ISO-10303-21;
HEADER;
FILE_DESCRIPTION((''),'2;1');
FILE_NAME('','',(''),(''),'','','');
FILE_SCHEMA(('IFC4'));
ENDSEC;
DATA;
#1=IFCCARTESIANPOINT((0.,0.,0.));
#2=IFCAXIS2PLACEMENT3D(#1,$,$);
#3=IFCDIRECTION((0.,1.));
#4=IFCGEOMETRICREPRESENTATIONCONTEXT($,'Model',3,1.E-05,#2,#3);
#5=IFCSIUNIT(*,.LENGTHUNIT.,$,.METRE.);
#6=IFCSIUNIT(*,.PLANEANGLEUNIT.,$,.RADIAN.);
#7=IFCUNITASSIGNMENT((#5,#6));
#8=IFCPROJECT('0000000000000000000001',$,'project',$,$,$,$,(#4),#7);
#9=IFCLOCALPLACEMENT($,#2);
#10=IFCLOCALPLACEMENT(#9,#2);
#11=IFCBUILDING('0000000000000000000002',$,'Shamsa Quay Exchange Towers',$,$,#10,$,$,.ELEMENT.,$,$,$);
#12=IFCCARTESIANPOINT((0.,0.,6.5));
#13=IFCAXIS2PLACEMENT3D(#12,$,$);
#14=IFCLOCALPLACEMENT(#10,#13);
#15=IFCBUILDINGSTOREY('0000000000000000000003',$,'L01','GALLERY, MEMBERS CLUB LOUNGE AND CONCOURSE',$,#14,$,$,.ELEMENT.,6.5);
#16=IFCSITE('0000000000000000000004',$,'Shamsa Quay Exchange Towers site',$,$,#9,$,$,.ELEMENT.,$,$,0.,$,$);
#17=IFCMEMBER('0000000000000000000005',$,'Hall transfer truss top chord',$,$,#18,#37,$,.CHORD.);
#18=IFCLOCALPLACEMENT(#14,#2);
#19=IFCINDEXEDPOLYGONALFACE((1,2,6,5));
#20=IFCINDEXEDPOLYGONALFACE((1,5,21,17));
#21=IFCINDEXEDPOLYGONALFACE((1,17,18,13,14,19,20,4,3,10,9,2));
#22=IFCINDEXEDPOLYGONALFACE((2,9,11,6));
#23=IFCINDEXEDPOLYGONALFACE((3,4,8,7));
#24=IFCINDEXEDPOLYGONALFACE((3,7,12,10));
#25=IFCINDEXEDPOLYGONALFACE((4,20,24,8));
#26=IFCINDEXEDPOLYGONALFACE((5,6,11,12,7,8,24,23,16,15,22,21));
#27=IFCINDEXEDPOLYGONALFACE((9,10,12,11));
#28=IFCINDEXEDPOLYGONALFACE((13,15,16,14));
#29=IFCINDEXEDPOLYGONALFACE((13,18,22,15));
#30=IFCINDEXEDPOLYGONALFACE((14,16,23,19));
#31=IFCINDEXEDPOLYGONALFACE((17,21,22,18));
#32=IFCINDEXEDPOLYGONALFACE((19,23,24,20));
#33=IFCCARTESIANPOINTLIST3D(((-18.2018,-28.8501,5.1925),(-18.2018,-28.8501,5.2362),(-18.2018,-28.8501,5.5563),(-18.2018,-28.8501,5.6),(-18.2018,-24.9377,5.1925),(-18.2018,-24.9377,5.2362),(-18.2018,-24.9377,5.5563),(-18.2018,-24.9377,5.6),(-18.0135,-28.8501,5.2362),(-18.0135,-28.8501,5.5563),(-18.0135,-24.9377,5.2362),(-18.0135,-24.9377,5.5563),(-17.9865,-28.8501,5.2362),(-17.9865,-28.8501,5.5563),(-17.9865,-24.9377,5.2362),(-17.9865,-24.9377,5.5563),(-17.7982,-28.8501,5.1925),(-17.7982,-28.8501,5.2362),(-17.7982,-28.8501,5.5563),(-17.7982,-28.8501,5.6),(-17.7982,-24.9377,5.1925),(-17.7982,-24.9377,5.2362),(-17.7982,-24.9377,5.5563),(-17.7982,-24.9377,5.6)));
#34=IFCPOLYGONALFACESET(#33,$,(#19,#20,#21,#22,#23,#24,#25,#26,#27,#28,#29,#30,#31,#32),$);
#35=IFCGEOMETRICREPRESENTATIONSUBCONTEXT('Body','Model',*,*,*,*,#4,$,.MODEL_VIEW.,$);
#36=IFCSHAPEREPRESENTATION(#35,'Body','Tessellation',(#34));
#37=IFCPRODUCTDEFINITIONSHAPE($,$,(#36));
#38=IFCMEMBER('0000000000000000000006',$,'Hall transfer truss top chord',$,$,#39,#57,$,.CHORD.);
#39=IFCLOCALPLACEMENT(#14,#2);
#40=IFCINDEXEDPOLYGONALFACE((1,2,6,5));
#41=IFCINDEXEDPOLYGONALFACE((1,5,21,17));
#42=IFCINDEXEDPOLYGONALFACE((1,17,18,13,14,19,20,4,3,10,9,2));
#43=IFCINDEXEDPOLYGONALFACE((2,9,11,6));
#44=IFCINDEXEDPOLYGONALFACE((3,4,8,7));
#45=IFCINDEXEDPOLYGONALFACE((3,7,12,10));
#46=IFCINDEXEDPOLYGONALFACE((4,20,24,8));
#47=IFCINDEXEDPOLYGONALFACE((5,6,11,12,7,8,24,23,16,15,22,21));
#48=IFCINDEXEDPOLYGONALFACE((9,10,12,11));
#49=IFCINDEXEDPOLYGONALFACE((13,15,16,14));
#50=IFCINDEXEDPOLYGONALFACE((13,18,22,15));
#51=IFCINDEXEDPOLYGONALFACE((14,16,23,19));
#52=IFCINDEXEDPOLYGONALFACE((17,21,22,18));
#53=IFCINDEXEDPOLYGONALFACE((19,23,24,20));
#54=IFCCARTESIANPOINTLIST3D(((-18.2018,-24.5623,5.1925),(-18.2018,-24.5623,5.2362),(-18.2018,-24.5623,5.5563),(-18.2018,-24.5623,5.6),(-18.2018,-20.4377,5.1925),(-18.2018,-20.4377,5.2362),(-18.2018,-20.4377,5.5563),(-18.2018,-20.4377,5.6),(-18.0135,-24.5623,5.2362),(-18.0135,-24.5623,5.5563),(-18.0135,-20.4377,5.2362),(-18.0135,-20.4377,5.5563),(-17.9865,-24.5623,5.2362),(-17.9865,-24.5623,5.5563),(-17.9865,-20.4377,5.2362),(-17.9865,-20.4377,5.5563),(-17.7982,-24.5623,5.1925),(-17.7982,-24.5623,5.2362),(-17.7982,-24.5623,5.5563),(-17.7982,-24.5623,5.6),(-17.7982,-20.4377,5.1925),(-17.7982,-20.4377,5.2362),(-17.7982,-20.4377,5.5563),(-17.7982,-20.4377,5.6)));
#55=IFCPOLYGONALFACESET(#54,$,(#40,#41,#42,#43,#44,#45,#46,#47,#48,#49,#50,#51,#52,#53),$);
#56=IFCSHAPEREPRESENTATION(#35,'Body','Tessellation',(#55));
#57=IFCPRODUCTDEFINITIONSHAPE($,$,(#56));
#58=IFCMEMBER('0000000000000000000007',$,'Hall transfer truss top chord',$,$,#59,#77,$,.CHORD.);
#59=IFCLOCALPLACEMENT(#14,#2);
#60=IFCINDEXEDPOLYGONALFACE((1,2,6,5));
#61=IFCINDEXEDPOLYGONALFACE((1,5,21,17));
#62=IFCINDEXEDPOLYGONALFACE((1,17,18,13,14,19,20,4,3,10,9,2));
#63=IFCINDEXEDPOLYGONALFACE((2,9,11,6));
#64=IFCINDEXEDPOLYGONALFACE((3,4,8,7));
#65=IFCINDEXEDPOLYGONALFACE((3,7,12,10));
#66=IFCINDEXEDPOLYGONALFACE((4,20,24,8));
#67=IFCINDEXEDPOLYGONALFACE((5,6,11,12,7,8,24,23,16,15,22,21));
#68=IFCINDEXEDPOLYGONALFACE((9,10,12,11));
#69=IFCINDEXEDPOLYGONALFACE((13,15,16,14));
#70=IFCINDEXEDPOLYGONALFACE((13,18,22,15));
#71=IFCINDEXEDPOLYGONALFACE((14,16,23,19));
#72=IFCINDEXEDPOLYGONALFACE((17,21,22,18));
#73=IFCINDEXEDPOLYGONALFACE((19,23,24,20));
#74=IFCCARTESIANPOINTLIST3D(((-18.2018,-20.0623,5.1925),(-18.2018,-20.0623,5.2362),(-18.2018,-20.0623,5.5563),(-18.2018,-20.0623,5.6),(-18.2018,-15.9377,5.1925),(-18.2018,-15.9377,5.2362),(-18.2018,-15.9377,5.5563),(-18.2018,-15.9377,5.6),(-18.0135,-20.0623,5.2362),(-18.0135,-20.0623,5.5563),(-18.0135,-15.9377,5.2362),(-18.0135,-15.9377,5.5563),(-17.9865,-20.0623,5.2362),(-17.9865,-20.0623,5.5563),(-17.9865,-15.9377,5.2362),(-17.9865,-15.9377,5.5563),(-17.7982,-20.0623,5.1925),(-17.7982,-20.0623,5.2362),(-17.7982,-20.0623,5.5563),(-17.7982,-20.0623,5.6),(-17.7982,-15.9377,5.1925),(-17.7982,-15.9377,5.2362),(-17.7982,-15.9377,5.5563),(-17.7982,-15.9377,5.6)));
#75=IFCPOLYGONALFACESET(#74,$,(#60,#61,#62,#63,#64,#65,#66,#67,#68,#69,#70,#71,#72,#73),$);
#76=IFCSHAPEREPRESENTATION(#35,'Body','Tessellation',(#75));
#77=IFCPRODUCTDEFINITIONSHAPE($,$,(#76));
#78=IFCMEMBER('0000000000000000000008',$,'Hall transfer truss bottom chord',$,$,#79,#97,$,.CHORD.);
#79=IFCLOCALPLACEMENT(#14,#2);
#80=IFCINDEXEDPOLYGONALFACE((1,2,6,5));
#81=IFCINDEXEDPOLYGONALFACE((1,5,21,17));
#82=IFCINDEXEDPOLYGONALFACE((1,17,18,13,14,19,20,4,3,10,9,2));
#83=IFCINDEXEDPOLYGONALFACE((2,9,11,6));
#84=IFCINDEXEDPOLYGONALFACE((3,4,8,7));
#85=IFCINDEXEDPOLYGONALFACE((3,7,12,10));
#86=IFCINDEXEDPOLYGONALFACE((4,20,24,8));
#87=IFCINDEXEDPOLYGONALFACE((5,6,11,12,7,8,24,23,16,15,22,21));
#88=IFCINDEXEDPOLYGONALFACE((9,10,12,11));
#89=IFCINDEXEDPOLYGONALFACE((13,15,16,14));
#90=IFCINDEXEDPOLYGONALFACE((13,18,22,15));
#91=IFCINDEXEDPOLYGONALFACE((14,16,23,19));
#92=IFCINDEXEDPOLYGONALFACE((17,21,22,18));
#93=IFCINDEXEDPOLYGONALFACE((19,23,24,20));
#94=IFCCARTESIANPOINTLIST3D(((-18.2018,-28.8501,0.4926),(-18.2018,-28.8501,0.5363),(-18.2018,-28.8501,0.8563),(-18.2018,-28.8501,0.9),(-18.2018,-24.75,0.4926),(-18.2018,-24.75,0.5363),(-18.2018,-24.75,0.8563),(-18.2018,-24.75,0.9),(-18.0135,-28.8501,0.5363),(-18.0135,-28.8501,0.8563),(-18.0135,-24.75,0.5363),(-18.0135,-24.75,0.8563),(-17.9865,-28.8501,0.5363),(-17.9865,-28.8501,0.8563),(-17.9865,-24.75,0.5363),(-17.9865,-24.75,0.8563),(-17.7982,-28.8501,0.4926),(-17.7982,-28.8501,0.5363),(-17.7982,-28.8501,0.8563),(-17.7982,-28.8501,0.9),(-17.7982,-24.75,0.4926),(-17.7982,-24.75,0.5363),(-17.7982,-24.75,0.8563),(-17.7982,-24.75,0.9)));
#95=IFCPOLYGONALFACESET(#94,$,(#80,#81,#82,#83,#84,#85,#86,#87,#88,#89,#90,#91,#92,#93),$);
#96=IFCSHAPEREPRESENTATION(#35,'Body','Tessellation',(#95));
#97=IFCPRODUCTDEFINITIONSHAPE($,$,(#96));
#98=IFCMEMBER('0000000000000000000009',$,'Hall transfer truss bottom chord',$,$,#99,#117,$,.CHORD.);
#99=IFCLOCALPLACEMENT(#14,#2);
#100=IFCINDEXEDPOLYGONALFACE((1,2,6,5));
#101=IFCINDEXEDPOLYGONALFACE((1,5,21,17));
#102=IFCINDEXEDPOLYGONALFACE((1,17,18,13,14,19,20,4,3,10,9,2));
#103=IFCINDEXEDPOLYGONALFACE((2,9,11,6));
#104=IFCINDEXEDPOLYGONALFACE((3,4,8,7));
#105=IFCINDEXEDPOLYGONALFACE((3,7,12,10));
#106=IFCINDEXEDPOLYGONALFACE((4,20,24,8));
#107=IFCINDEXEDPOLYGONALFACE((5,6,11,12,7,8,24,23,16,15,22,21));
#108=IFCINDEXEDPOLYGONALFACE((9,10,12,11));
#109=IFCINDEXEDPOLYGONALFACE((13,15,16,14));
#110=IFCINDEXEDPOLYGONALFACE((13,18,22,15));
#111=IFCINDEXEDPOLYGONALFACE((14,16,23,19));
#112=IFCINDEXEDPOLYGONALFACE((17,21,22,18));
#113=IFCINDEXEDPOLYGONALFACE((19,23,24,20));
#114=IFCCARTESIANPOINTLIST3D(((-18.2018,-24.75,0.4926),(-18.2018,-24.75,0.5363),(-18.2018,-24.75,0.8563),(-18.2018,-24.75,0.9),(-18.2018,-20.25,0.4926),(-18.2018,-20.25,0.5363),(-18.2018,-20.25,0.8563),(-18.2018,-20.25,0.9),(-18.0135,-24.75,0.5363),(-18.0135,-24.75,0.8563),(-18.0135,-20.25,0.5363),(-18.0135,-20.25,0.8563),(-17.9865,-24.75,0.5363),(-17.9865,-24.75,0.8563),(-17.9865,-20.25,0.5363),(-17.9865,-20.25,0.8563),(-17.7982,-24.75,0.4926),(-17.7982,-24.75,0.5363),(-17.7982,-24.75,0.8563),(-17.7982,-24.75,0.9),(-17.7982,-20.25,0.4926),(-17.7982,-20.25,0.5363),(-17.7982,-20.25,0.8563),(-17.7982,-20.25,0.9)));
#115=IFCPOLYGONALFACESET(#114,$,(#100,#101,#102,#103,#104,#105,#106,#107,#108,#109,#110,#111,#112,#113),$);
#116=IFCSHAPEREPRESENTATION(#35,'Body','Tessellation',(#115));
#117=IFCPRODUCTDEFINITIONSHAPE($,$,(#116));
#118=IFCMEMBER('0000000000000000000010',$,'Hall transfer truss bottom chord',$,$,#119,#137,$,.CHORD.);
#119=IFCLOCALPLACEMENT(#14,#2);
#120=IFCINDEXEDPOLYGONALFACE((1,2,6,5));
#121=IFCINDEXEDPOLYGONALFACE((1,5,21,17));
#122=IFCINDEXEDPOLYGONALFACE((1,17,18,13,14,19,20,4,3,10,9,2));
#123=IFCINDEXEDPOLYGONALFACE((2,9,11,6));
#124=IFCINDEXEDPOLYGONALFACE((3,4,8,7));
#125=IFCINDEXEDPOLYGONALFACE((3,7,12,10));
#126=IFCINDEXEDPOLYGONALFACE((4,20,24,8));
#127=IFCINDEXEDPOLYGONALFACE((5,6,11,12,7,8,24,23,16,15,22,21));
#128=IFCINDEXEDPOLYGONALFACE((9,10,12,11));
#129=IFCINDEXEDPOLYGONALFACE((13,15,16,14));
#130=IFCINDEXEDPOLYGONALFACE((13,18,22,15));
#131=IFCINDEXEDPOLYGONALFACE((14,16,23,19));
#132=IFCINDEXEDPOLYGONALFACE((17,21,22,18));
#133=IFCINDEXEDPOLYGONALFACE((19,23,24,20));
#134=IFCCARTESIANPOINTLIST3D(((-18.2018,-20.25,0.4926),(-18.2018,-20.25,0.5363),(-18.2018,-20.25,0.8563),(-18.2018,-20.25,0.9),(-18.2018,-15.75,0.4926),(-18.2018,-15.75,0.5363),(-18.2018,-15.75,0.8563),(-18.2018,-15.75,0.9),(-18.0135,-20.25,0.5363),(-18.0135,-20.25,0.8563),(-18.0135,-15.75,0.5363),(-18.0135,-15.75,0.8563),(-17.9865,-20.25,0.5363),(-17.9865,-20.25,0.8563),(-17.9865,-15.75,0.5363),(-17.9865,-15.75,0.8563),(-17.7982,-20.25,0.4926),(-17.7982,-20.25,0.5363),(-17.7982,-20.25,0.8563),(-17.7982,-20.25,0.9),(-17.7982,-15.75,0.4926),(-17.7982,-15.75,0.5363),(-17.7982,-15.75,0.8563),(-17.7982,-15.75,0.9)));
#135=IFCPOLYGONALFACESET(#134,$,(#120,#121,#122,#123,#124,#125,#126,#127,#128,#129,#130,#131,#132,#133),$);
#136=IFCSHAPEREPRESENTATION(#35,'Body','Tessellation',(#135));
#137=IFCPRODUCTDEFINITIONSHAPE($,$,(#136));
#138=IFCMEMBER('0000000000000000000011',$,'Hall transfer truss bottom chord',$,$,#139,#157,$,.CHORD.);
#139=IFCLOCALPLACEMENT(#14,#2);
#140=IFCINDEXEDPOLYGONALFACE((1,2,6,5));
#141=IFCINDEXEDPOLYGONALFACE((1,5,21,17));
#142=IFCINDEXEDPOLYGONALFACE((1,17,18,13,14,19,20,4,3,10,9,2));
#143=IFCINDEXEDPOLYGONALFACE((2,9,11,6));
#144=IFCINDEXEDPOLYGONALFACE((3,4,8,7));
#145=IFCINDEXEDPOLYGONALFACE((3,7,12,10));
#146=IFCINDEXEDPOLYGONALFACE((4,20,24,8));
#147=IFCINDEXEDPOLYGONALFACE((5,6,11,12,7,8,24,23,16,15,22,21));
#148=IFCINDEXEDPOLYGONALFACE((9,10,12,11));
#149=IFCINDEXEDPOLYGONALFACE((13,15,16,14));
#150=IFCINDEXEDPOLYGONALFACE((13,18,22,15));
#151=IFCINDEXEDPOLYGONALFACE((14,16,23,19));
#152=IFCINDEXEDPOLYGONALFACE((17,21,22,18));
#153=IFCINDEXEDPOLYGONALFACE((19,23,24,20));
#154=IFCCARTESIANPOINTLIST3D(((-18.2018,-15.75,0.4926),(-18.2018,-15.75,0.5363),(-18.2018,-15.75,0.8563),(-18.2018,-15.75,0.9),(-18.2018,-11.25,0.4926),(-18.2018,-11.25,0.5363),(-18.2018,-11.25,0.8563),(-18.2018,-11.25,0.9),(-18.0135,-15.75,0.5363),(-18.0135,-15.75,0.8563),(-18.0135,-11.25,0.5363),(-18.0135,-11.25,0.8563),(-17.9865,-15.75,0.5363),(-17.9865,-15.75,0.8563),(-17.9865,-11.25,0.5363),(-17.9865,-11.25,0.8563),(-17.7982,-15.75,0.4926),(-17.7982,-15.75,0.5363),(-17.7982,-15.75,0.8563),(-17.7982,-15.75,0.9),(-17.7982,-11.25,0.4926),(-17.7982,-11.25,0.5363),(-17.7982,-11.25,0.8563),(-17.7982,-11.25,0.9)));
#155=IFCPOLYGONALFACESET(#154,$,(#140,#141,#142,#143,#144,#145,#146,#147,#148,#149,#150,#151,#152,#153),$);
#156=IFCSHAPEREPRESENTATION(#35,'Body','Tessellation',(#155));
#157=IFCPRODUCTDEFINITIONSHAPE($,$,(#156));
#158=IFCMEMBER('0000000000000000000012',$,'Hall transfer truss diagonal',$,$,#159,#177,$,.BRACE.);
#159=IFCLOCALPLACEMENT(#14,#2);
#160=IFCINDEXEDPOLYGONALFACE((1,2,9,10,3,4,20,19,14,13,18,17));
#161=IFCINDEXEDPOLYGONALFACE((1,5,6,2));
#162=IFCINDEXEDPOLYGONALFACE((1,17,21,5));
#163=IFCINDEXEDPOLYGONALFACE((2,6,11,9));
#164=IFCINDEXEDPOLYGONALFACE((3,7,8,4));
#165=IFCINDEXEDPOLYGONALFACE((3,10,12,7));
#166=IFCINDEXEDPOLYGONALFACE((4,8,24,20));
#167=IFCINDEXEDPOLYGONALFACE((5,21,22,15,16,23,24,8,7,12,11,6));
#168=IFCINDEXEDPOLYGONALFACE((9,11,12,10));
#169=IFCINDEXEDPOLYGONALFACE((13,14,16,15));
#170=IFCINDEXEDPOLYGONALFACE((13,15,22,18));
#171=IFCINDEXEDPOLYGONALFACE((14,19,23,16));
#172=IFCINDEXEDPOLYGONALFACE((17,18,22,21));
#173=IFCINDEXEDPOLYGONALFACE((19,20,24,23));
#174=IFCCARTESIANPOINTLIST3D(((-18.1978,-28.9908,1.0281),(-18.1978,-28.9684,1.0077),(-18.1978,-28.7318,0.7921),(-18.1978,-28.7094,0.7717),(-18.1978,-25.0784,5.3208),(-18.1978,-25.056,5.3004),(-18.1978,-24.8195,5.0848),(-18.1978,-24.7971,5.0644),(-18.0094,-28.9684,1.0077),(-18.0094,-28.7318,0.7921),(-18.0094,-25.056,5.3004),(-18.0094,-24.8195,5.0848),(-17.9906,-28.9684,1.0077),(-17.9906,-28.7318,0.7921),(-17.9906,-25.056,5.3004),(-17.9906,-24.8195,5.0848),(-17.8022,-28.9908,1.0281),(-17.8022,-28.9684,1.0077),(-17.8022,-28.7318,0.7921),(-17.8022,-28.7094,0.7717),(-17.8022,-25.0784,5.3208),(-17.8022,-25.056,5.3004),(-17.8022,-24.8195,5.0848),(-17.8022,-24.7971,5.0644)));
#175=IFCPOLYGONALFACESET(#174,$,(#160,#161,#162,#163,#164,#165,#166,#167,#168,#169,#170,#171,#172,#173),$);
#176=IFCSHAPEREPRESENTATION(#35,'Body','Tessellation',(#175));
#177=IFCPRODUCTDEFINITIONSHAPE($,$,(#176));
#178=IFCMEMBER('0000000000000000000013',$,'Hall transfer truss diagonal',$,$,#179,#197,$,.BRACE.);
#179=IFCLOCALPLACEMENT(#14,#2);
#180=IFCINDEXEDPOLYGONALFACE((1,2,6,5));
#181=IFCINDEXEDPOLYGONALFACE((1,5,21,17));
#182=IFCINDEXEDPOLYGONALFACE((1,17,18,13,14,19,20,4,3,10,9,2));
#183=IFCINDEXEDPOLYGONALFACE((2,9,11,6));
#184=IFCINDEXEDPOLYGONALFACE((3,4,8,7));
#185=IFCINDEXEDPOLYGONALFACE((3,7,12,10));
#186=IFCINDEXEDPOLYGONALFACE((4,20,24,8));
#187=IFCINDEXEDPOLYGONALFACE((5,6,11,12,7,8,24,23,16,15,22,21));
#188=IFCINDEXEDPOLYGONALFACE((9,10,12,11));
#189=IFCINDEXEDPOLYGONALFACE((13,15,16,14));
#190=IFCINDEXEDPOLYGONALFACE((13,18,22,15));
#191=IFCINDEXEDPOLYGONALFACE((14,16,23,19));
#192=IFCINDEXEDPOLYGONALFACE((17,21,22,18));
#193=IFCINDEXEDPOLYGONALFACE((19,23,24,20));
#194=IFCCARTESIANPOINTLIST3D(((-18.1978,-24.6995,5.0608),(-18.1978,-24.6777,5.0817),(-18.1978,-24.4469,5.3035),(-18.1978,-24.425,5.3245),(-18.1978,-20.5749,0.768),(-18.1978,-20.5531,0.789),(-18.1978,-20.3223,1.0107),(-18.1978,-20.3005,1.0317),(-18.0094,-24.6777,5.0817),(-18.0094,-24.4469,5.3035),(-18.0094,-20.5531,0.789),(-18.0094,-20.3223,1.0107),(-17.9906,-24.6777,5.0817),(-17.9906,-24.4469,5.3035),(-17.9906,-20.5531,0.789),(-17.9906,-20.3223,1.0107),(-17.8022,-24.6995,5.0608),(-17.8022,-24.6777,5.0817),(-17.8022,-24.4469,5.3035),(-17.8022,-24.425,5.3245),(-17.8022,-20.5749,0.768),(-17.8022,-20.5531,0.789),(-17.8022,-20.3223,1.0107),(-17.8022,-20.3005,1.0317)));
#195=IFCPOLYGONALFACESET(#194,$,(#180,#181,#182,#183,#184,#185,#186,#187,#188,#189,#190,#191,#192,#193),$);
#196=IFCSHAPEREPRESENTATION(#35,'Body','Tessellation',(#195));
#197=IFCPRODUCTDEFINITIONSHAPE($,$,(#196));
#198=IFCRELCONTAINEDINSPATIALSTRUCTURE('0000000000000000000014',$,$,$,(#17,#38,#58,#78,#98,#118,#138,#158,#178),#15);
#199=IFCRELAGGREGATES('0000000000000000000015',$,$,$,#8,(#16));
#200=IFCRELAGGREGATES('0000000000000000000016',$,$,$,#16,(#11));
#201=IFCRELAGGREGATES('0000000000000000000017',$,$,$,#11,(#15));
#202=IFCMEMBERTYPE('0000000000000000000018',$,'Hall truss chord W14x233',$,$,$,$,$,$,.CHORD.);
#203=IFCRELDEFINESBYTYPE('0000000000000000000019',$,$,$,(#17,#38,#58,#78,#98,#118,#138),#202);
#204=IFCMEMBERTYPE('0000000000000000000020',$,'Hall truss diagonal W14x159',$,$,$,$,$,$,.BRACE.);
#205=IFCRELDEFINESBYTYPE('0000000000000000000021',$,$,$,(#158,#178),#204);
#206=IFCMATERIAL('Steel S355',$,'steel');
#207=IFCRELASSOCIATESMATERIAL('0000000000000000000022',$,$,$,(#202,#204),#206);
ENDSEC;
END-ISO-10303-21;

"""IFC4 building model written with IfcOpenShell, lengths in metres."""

from ifc_helpers import new_model, si_unit, direction, frame, origin, origin_2d, place, context, subcontext, project, spatial, i_section, extrude, material, material_profile, profile_set, type_object, element, save


model = new_model("IFC4")

# Units and contexts
model_context = context("Model", 3, precision=1e-05, world=origin(), true_north=direction((0.0, 1.0)))
body_context = subcontext(model_context, "Body", "Model", "MODEL_VIEW")
ifc_project = project(units=[si_unit("LENGTHUNIT", "METRE"), si_unit("PLANEANGLEUNIT", "RADIAN")], contexts=[model_context])

# Site, building, storey
site_placement = place(None, origin())
site = spatial("IfcSite", under=ifc_project, at=site_placement, Name="Shamsa Quay Exchange Towers site", CompositionType="ELEMENT", RefElevation=0.0)
building_placement = place(site_placement, origin())
building = spatial("IfcBuilding", under=site, at=building_placement, Name="Shamsa Quay Exchange Towers", CompositionType="ELEMENT")
storey_placement = place(building_placement, frame((0.0, 0.0, 6.5)))
storey = spatial("IfcBuildingStorey", under=building, at=storey_placement, Name="L01", Description="GALLERY, MEMBERS CLUB LOUNGE AND CONCOURSE", CompositionType="ELEMENT", Elevation=6.5)

# Members
ifc_material_1 = material(Name="Steel S355", Category="steel")
ifc_material_profile_1 = material_profile(ifc_material_1, i_section(OverallWidth=0.4036, OverallDepth=0.4075, WebThickness=0.0271, FlangeThickness=0.0437, at=origin_2d()), Name="W14x233")
ifc_profile_set_1 = profile_set([ifc_material_profile_1], Name="Steel S355")
member_type_1 = type_object("IfcMemberType", Name="Hall truss chord W14x233", PredefinedType="CHORD", material=ifc_profile_set_1)
member_1_placement = place(storey_placement, frame((-18.0, -28.8501, 5.3962), z_axis=(0.0, 1.0, 0.0), x_axis=(-1.0, 0.0, 0.0)))
element("IfcMember", 1, at=member_1_placement, inside=storey, type_object=member_type_1, Name="Hall transfer truss top chord", PredefinedType="CHORD", context=body_context, shape_type="SweptSolid", body=[
    extrude(i_section(OverallWidth=0.4036, OverallDepth=0.4075, WebThickness=0.0271, FlangeThickness=0.0437, at=origin_2d()), origin(), (0.0, 0.0, 1.0), 3.9124),
])
for number, where, z_axis, x_axis, name in (
    (2, (-18.0, -24.5623, 5.3962), (0.0, 1.0, 0.0), (-1.0, 0.0, 0.0), "Hall transfer truss top chord"),
    (3, (-18.0, -20.0623, 5.3962), (0.0, 1.0, 0.0), (-1.0, 0.0, 0.0), "Hall transfer truss top chord"),
):
    element("IfcMember", number, at=place(storey_placement, frame(where, z_axis=z_axis, x_axis=x_axis)), inside=storey, type_object=member_type_1, Name=name, PredefinedType="CHORD", context=body_context, shape_type="SweptSolid", body=[
        extrude(i_section(OverallWidth=0.4036, OverallDepth=0.4075, WebThickness=0.0271, FlangeThickness=0.0437, at=origin_2d()), origin(), (0.0, 0.0, 1.0), 4.1245),
    ])
member_2_placement = place(storey_placement, frame((-18.0, -28.8501, 0.6963), z_axis=(0.0, 1.0, 0.0), x_axis=(-1.0, 0.0, 0.0)))
element("IfcMember", 4, at=member_2_placement, inside=storey, type_object=member_type_1, Name="Hall transfer truss bottom chord", PredefinedType="CHORD", context=body_context, shape_type="SweptSolid", body=[
    extrude(i_section(OverallWidth=0.4036, OverallDepth=0.4075, WebThickness=0.0271, FlangeThickness=0.0437, at=origin_2d()), origin(), (0.0, 0.0, 1.0), 4.1001),
])
for number, where, z_axis, x_axis, name in (
    (5, (-18.0, -24.75, 0.6963), (0.0, 1.0, 0.0), (-1.0, 0.0, 0.0), "Hall transfer truss bottom chord"),
    (6, (-18.0, -20.25, 0.6963), (0.0, 1.0, 0.0), (-1.0, 0.0, 0.0), "Hall transfer truss bottom chord"),
    (7, (-18.0, -15.75, 0.6963), (0.0, 1.0, 0.0), (-1.0, 0.0, 0.0), "Hall transfer truss bottom chord"),
):
    element("IfcMember", number, at=place(storey_placement, frame(where, z_axis=z_axis, x_axis=x_axis)), inside=storey, type_object=member_type_1, Name=name, PredefinedType="CHORD", context=body_context, shape_type="SweptSolid", body=[
        extrude(i_section(OverallWidth=0.4036, OverallDepth=0.4075, WebThickness=0.0271, FlangeThickness=0.0437, at=origin_2d()), origin(), (0.0, 0.0, 1.0), 4.5),
    ])
ifc_material_profile_2 = material_profile(ifc_material_1, i_section(OverallWidth=0.3955, OverallDepth=0.3806, WebThickness=0.0188, FlangeThickness=0.0303, at=origin_2d()), Name="W14x159")
ifc_profile_set_2 = profile_set([ifc_material_profile_2], Name="Steel S355")
member_type_2 = type_object("IfcMemberType", Name="Hall truss diagonal W14x159", PredefinedType="BRACE", material=ifc_profile_set_2)
member_3_placement = place(storey_placement, frame((-18.0, -28.8501, 0.8999), z_axis=(0.0, 0.673603, 0.739093), x_axis=(-1.0, 0.0, 0.0)))
element("IfcMember", 8, at=member_3_placement, inside=storey, type_object=member_type_2, Name="Hall transfer truss diagonal", PredefinedType="BRACE", context=body_context, shape_type="SweptSolid", body=[
    extrude(i_section(OverallWidth=0.3955, OverallDepth=0.3806, WebThickness=0.0188, FlangeThickness=0.0303, at=origin_2d()), origin(), (0.0, 0.0, 1.0), 5.8081),
])
for number, where, z_axis, x_axis, name in (
    (9, (-18.0, -24.5623, 5.1926), (0.0, 0.692837, -0.721094), (-1.0, 0.0, 0.0), "Hall transfer truss diagonal"),
):
    element("IfcMember", number, at=place(storey_placement, frame(where, z_axis=z_axis, x_axis=x_axis)), inside=storey, type_object=member_type_2, Name=name, PredefinedType="BRACE", context=body_context, shape_type="SweptSolid", body=[
        extrude(i_section(OverallWidth=0.3955, OverallDepth=0.3806, WebThickness=0.0188, FlangeThickness=0.0303, at=origin_2d()), origin(), (0.0, 0.0, 1.0), 5.9531),
    ])

save(model, "model.ifc")
